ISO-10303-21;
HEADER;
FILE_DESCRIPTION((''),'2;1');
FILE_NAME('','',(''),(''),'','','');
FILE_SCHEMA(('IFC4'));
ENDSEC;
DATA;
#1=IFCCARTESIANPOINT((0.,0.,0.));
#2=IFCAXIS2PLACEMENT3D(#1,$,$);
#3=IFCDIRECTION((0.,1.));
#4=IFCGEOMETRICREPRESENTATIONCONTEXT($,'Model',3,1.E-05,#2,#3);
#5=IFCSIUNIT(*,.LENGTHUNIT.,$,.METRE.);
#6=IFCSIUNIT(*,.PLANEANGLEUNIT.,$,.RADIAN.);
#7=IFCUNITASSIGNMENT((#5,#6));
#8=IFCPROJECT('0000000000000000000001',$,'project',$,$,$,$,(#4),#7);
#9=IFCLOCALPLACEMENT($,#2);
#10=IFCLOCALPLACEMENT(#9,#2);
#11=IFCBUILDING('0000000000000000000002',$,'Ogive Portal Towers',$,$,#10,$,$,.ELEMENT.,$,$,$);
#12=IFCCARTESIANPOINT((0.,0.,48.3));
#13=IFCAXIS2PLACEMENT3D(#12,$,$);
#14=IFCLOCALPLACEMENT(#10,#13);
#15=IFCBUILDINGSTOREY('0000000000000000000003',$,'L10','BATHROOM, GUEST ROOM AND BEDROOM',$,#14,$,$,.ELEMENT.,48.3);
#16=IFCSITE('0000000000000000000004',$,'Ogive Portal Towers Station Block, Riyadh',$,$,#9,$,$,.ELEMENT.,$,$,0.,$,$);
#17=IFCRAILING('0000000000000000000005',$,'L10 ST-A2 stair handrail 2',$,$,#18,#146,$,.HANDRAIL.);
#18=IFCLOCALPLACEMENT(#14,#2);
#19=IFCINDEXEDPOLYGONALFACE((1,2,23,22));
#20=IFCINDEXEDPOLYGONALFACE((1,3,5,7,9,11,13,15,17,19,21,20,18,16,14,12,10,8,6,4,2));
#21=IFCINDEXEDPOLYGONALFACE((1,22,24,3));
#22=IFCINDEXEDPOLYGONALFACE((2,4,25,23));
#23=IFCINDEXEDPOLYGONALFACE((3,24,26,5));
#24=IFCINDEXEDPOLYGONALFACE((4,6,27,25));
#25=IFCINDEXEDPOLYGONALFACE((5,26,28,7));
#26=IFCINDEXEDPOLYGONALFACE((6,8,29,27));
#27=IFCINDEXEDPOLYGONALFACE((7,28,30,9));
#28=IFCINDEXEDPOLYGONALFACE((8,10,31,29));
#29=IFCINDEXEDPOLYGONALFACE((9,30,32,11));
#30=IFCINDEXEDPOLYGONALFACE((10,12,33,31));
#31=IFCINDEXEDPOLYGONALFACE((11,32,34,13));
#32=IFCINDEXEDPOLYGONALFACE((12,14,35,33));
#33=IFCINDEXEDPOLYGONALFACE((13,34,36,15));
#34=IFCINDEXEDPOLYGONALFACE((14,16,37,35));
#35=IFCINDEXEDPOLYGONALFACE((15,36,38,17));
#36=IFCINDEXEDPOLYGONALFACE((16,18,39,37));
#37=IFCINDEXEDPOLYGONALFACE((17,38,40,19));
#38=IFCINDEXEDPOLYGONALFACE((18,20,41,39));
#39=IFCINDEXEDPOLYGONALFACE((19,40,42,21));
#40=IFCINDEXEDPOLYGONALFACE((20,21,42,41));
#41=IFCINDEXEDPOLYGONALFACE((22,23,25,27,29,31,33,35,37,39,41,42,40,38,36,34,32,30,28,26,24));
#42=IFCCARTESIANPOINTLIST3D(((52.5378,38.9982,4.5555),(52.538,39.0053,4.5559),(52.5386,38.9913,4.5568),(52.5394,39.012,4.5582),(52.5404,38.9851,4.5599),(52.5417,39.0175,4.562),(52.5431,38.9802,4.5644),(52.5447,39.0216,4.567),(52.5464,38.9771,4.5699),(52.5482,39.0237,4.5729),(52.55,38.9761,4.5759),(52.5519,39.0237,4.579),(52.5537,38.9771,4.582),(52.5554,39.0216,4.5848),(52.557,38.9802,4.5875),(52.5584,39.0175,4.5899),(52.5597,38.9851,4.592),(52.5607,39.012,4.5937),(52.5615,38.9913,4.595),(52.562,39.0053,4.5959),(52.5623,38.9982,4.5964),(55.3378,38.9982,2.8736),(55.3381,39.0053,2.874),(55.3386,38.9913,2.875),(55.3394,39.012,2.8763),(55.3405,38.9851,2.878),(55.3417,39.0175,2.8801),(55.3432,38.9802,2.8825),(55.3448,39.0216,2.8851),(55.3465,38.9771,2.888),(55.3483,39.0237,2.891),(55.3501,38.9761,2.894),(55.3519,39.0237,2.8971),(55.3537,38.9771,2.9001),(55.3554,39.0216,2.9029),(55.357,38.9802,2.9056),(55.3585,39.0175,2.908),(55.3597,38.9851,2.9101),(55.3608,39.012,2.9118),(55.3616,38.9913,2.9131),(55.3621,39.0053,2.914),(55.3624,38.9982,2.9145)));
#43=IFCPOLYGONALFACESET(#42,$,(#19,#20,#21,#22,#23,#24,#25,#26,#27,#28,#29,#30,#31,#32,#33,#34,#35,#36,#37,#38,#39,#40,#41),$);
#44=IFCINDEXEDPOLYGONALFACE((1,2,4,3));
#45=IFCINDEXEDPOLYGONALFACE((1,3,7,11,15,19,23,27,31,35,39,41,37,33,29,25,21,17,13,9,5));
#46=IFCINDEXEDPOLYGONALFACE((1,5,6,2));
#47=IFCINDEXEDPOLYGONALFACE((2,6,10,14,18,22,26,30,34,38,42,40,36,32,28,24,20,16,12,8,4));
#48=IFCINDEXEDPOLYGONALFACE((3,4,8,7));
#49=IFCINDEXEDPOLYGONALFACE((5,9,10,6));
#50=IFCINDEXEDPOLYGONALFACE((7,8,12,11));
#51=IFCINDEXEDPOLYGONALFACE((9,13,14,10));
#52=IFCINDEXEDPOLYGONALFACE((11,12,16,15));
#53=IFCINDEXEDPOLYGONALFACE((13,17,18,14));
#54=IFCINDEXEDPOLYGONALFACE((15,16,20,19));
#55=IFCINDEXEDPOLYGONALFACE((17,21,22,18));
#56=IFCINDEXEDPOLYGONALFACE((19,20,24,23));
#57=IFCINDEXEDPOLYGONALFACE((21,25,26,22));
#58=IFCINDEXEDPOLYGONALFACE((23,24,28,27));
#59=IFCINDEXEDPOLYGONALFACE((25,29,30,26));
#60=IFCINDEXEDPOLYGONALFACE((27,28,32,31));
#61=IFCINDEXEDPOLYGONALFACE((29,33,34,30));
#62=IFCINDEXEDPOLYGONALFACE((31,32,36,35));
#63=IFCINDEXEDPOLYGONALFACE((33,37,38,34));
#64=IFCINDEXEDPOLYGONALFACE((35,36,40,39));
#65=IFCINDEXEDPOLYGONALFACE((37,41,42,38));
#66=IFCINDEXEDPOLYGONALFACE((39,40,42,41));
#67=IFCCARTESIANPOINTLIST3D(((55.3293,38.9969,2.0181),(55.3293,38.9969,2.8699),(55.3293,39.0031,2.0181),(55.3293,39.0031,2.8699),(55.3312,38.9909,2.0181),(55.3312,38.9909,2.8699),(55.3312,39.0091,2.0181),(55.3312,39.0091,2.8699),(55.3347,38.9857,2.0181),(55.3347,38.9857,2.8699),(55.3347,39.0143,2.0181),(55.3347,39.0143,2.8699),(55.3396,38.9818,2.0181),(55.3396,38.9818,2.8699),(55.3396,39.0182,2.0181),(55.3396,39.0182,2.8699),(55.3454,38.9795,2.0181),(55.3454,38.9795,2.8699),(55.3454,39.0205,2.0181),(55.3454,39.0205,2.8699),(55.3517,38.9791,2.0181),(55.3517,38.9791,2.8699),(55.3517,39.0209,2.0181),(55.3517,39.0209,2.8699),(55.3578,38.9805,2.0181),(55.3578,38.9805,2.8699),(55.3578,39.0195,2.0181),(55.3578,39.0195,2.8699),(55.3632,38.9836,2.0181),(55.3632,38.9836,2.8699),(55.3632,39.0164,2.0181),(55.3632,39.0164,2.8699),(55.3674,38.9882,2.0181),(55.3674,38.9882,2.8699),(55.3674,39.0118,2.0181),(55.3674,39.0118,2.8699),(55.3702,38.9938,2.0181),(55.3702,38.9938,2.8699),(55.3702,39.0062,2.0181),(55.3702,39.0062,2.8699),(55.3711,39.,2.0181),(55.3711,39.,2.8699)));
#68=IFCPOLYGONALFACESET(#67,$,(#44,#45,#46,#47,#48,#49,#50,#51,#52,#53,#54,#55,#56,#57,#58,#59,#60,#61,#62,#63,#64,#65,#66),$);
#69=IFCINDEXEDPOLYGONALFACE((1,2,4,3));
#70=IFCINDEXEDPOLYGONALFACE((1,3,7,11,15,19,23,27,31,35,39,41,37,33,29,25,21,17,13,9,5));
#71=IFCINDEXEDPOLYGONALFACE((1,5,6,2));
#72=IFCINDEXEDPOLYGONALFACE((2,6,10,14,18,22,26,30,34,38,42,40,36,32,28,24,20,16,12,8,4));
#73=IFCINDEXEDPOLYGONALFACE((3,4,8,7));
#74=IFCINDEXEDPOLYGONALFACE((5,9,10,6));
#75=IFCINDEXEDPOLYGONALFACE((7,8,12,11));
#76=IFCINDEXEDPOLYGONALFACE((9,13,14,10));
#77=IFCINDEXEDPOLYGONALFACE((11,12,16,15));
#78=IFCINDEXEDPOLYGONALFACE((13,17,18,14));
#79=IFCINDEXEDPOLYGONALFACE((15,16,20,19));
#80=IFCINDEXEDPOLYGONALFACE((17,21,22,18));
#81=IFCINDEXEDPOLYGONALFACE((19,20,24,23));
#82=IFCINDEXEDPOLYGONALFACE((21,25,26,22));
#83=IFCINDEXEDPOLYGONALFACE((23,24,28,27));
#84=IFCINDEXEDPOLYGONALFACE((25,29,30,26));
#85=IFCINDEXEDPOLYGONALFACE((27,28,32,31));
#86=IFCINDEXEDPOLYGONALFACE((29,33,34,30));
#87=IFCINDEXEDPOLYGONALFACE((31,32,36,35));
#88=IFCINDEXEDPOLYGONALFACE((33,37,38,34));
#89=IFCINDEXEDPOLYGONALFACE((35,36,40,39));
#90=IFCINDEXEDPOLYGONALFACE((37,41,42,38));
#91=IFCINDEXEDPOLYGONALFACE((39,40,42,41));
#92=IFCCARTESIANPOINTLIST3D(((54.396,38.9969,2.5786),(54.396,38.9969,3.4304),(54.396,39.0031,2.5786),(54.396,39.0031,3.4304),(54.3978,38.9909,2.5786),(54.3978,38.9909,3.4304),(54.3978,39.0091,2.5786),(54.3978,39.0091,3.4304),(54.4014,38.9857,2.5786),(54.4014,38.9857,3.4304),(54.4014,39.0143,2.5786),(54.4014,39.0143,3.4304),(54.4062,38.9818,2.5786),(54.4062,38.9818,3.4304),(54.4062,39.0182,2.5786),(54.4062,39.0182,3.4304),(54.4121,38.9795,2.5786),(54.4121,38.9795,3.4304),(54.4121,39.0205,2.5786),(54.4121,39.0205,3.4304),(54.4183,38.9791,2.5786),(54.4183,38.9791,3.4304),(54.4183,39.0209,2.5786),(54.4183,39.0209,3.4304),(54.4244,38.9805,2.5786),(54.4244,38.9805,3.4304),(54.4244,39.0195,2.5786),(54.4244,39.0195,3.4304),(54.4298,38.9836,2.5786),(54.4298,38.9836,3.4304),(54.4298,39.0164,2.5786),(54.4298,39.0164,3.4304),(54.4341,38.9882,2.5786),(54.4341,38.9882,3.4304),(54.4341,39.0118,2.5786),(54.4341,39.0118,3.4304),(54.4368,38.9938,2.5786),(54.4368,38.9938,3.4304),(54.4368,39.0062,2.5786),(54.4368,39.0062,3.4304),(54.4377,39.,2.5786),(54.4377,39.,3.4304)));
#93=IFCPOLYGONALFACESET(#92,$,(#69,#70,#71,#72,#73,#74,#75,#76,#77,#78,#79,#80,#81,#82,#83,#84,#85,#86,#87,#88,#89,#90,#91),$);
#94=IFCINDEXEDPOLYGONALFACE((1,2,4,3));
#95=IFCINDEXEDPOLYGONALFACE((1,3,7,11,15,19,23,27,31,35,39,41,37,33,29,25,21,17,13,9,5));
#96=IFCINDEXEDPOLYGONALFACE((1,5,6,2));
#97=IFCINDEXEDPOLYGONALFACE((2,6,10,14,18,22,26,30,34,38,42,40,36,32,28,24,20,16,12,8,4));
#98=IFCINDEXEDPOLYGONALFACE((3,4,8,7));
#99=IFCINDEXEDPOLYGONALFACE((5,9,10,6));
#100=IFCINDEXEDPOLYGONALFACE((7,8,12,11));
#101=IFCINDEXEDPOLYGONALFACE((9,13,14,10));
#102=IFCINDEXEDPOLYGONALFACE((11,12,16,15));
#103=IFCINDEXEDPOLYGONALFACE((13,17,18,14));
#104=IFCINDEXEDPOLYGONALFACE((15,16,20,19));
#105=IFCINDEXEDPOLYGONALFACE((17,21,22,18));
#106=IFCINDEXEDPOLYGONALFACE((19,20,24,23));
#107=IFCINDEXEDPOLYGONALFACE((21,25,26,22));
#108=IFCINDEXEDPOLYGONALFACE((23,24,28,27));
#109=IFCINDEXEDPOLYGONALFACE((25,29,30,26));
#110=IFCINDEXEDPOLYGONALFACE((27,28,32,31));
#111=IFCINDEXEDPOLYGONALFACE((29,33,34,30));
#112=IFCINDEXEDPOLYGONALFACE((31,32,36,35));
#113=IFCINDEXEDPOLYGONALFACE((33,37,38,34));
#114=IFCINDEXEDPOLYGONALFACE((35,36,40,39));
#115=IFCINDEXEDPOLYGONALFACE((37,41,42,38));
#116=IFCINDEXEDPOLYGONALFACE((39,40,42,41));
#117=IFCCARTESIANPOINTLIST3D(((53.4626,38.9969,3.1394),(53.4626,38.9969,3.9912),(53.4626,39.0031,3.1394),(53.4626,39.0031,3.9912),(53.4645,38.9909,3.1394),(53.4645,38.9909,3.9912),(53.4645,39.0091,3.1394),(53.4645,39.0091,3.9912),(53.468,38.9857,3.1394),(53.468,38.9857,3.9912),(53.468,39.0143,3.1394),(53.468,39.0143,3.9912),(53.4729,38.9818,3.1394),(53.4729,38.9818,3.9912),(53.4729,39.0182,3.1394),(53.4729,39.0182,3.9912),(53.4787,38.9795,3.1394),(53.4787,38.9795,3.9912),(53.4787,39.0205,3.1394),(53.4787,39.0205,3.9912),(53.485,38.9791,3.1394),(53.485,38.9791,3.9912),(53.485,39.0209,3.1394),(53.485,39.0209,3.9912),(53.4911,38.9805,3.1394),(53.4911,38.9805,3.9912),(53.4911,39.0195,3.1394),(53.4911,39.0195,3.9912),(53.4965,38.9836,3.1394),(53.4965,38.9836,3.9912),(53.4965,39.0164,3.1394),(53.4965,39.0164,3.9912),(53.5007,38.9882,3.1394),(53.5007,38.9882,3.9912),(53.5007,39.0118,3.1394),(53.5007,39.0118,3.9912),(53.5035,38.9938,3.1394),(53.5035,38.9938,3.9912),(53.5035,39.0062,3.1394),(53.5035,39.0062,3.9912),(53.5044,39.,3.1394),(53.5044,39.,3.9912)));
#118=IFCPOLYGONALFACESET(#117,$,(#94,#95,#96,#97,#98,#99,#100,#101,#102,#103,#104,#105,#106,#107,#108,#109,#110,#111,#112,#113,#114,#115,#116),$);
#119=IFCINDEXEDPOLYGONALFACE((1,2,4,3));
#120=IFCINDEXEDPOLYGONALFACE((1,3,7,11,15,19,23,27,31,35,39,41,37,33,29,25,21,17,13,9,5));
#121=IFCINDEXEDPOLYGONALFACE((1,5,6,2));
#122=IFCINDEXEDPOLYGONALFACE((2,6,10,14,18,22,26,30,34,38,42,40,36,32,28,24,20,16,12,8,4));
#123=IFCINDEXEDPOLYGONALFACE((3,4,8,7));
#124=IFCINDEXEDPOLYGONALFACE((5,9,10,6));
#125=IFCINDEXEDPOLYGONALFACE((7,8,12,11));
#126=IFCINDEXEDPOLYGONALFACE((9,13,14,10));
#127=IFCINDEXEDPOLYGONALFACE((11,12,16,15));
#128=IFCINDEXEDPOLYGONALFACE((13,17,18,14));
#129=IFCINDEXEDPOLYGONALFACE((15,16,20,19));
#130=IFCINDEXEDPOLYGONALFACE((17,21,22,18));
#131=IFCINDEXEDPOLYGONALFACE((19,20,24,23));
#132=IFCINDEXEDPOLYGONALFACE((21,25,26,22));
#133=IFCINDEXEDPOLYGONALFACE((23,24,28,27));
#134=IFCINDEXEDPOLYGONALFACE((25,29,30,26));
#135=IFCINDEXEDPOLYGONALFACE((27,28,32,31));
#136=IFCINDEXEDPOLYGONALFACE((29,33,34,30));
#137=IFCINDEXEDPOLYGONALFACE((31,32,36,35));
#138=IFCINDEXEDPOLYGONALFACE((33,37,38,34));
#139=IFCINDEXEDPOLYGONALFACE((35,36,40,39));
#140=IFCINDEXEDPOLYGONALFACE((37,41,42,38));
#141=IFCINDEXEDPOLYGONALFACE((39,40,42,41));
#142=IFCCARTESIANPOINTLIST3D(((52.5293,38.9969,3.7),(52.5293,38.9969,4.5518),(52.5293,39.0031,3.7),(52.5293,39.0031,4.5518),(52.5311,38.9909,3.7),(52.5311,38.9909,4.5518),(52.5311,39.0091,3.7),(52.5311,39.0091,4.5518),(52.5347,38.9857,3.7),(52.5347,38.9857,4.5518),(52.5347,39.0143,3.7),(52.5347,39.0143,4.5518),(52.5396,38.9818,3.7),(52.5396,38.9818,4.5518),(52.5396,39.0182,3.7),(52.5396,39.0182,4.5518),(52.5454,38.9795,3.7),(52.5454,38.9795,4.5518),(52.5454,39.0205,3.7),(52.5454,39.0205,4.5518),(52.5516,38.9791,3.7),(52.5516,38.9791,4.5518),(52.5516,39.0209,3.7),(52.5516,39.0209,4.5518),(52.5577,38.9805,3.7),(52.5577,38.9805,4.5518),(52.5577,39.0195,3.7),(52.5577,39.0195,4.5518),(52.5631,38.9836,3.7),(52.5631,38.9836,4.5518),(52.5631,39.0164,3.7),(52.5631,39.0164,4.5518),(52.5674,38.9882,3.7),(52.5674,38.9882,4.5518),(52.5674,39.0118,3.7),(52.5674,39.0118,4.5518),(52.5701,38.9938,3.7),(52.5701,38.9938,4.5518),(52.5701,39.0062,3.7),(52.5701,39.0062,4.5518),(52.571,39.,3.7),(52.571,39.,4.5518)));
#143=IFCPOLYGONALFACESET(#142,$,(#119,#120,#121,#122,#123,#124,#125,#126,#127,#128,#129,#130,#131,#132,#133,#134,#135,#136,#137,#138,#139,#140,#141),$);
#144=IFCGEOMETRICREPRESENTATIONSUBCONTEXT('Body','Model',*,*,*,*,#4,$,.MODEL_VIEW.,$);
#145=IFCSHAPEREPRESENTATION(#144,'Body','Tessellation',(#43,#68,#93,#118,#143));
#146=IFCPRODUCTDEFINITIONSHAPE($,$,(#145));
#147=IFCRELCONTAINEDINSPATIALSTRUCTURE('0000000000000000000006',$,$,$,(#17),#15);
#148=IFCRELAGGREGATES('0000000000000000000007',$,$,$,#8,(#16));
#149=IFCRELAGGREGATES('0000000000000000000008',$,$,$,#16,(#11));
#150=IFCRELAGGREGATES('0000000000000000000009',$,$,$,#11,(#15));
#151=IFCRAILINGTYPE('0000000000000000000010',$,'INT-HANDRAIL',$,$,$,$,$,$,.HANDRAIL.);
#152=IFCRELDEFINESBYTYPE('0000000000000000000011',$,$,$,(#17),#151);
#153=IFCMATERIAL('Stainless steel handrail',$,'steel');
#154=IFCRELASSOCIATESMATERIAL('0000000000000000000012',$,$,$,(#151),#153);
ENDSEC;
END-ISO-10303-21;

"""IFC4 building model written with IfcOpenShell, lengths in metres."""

from ifc_helpers import new_model, si_unit, direction, frame, origin, origin_2d, place, context, subcontext, project, spatial, circle, extrude, material, type_object, element, save


model = new_model("IFC4")

# Units and contexts
model_context = context("Model", 3, precision=1e-05, world=origin(), true_north=direction((0.0, 1.0)))
body_context = subcontext(model_context, "Body", "Model", "MODEL_VIEW")
ifc_project = project(units=[si_unit("LENGTHUNIT", "METRE"), si_unit("PLANEANGLEUNIT", "RADIAN")], contexts=[model_context])

# Site, building, storey
site_placement = place(None, origin())
site = spatial("IfcSite", under=ifc_project, at=site_placement, Name="Ogive Portal Towers Station Block, Riyadh", CompositionType="ELEMENT", RefElevation=0.0)
building_placement = place(site_placement, origin())
building = spatial("IfcBuilding", under=site, at=building_placement, Name="Ogive Portal Towers", CompositionType="ELEMENT")
storey_placement = place(building_placement, frame((0.0, 0.0, 48.3)))
storey = spatial("IfcBuildingStorey", under=building, at=storey_placement, Name="L10", Description="BATHROOM, GUEST ROOM AND BEDROOM", CompositionType="ELEMENT", Elevation=48.3)

# Railing
ifc_material_1 = material(Name="Stainless steel handrail", Category="steel")
railing_type_1 = type_object("IfcRailingType", Name="INT-HANDRAIL", PredefinedType="HANDRAIL", material=ifc_material_1)
railing_1_placement = place(storey_placement, frame((55.3501, 39.0, 2.0181)))
element("IfcRailing", 1, at=railing_1_placement, inside=storey, type_object=railing_type_1, Name="L10 ST-A2 stair handrail 2", PredefinedType="HANDRAIL", context=body_context, shape_type="SweptSolid", body=[
    extrude(circle(Radius=0.0239, at=origin_2d()), frame((0.0, 0.0, 0.876), z_axis=(-0.857242, 0.0, 0.514913), x_axis=(0.0, -1.0, 0.0)), (0.0, 0.0, 1.0), 3.2664),
    extrude(circle(Radius=0.021, at=origin_2d()), origin(), (0.0, 0.0, 1.0), 0.8518),
    extrude(circle(Radius=0.021, at=origin_2d()), frame((-0.9333, 0.0, 0.5605)), (0.0, 0.0, 1.0), 0.8518),
    extrude(circle(Radius=0.021, at=origin_2d()), frame((-1.8667, 0.0, 1.1213)), (0.0, 0.0, 1.0), 0.8518),
    extrude(circle(Radius=0.021, at=origin_2d()), frame((-2.8, 0.0, 1.6819)), (0.0, 0.0, 1.0), 0.8518),
])

save(model, "model.ifc")
